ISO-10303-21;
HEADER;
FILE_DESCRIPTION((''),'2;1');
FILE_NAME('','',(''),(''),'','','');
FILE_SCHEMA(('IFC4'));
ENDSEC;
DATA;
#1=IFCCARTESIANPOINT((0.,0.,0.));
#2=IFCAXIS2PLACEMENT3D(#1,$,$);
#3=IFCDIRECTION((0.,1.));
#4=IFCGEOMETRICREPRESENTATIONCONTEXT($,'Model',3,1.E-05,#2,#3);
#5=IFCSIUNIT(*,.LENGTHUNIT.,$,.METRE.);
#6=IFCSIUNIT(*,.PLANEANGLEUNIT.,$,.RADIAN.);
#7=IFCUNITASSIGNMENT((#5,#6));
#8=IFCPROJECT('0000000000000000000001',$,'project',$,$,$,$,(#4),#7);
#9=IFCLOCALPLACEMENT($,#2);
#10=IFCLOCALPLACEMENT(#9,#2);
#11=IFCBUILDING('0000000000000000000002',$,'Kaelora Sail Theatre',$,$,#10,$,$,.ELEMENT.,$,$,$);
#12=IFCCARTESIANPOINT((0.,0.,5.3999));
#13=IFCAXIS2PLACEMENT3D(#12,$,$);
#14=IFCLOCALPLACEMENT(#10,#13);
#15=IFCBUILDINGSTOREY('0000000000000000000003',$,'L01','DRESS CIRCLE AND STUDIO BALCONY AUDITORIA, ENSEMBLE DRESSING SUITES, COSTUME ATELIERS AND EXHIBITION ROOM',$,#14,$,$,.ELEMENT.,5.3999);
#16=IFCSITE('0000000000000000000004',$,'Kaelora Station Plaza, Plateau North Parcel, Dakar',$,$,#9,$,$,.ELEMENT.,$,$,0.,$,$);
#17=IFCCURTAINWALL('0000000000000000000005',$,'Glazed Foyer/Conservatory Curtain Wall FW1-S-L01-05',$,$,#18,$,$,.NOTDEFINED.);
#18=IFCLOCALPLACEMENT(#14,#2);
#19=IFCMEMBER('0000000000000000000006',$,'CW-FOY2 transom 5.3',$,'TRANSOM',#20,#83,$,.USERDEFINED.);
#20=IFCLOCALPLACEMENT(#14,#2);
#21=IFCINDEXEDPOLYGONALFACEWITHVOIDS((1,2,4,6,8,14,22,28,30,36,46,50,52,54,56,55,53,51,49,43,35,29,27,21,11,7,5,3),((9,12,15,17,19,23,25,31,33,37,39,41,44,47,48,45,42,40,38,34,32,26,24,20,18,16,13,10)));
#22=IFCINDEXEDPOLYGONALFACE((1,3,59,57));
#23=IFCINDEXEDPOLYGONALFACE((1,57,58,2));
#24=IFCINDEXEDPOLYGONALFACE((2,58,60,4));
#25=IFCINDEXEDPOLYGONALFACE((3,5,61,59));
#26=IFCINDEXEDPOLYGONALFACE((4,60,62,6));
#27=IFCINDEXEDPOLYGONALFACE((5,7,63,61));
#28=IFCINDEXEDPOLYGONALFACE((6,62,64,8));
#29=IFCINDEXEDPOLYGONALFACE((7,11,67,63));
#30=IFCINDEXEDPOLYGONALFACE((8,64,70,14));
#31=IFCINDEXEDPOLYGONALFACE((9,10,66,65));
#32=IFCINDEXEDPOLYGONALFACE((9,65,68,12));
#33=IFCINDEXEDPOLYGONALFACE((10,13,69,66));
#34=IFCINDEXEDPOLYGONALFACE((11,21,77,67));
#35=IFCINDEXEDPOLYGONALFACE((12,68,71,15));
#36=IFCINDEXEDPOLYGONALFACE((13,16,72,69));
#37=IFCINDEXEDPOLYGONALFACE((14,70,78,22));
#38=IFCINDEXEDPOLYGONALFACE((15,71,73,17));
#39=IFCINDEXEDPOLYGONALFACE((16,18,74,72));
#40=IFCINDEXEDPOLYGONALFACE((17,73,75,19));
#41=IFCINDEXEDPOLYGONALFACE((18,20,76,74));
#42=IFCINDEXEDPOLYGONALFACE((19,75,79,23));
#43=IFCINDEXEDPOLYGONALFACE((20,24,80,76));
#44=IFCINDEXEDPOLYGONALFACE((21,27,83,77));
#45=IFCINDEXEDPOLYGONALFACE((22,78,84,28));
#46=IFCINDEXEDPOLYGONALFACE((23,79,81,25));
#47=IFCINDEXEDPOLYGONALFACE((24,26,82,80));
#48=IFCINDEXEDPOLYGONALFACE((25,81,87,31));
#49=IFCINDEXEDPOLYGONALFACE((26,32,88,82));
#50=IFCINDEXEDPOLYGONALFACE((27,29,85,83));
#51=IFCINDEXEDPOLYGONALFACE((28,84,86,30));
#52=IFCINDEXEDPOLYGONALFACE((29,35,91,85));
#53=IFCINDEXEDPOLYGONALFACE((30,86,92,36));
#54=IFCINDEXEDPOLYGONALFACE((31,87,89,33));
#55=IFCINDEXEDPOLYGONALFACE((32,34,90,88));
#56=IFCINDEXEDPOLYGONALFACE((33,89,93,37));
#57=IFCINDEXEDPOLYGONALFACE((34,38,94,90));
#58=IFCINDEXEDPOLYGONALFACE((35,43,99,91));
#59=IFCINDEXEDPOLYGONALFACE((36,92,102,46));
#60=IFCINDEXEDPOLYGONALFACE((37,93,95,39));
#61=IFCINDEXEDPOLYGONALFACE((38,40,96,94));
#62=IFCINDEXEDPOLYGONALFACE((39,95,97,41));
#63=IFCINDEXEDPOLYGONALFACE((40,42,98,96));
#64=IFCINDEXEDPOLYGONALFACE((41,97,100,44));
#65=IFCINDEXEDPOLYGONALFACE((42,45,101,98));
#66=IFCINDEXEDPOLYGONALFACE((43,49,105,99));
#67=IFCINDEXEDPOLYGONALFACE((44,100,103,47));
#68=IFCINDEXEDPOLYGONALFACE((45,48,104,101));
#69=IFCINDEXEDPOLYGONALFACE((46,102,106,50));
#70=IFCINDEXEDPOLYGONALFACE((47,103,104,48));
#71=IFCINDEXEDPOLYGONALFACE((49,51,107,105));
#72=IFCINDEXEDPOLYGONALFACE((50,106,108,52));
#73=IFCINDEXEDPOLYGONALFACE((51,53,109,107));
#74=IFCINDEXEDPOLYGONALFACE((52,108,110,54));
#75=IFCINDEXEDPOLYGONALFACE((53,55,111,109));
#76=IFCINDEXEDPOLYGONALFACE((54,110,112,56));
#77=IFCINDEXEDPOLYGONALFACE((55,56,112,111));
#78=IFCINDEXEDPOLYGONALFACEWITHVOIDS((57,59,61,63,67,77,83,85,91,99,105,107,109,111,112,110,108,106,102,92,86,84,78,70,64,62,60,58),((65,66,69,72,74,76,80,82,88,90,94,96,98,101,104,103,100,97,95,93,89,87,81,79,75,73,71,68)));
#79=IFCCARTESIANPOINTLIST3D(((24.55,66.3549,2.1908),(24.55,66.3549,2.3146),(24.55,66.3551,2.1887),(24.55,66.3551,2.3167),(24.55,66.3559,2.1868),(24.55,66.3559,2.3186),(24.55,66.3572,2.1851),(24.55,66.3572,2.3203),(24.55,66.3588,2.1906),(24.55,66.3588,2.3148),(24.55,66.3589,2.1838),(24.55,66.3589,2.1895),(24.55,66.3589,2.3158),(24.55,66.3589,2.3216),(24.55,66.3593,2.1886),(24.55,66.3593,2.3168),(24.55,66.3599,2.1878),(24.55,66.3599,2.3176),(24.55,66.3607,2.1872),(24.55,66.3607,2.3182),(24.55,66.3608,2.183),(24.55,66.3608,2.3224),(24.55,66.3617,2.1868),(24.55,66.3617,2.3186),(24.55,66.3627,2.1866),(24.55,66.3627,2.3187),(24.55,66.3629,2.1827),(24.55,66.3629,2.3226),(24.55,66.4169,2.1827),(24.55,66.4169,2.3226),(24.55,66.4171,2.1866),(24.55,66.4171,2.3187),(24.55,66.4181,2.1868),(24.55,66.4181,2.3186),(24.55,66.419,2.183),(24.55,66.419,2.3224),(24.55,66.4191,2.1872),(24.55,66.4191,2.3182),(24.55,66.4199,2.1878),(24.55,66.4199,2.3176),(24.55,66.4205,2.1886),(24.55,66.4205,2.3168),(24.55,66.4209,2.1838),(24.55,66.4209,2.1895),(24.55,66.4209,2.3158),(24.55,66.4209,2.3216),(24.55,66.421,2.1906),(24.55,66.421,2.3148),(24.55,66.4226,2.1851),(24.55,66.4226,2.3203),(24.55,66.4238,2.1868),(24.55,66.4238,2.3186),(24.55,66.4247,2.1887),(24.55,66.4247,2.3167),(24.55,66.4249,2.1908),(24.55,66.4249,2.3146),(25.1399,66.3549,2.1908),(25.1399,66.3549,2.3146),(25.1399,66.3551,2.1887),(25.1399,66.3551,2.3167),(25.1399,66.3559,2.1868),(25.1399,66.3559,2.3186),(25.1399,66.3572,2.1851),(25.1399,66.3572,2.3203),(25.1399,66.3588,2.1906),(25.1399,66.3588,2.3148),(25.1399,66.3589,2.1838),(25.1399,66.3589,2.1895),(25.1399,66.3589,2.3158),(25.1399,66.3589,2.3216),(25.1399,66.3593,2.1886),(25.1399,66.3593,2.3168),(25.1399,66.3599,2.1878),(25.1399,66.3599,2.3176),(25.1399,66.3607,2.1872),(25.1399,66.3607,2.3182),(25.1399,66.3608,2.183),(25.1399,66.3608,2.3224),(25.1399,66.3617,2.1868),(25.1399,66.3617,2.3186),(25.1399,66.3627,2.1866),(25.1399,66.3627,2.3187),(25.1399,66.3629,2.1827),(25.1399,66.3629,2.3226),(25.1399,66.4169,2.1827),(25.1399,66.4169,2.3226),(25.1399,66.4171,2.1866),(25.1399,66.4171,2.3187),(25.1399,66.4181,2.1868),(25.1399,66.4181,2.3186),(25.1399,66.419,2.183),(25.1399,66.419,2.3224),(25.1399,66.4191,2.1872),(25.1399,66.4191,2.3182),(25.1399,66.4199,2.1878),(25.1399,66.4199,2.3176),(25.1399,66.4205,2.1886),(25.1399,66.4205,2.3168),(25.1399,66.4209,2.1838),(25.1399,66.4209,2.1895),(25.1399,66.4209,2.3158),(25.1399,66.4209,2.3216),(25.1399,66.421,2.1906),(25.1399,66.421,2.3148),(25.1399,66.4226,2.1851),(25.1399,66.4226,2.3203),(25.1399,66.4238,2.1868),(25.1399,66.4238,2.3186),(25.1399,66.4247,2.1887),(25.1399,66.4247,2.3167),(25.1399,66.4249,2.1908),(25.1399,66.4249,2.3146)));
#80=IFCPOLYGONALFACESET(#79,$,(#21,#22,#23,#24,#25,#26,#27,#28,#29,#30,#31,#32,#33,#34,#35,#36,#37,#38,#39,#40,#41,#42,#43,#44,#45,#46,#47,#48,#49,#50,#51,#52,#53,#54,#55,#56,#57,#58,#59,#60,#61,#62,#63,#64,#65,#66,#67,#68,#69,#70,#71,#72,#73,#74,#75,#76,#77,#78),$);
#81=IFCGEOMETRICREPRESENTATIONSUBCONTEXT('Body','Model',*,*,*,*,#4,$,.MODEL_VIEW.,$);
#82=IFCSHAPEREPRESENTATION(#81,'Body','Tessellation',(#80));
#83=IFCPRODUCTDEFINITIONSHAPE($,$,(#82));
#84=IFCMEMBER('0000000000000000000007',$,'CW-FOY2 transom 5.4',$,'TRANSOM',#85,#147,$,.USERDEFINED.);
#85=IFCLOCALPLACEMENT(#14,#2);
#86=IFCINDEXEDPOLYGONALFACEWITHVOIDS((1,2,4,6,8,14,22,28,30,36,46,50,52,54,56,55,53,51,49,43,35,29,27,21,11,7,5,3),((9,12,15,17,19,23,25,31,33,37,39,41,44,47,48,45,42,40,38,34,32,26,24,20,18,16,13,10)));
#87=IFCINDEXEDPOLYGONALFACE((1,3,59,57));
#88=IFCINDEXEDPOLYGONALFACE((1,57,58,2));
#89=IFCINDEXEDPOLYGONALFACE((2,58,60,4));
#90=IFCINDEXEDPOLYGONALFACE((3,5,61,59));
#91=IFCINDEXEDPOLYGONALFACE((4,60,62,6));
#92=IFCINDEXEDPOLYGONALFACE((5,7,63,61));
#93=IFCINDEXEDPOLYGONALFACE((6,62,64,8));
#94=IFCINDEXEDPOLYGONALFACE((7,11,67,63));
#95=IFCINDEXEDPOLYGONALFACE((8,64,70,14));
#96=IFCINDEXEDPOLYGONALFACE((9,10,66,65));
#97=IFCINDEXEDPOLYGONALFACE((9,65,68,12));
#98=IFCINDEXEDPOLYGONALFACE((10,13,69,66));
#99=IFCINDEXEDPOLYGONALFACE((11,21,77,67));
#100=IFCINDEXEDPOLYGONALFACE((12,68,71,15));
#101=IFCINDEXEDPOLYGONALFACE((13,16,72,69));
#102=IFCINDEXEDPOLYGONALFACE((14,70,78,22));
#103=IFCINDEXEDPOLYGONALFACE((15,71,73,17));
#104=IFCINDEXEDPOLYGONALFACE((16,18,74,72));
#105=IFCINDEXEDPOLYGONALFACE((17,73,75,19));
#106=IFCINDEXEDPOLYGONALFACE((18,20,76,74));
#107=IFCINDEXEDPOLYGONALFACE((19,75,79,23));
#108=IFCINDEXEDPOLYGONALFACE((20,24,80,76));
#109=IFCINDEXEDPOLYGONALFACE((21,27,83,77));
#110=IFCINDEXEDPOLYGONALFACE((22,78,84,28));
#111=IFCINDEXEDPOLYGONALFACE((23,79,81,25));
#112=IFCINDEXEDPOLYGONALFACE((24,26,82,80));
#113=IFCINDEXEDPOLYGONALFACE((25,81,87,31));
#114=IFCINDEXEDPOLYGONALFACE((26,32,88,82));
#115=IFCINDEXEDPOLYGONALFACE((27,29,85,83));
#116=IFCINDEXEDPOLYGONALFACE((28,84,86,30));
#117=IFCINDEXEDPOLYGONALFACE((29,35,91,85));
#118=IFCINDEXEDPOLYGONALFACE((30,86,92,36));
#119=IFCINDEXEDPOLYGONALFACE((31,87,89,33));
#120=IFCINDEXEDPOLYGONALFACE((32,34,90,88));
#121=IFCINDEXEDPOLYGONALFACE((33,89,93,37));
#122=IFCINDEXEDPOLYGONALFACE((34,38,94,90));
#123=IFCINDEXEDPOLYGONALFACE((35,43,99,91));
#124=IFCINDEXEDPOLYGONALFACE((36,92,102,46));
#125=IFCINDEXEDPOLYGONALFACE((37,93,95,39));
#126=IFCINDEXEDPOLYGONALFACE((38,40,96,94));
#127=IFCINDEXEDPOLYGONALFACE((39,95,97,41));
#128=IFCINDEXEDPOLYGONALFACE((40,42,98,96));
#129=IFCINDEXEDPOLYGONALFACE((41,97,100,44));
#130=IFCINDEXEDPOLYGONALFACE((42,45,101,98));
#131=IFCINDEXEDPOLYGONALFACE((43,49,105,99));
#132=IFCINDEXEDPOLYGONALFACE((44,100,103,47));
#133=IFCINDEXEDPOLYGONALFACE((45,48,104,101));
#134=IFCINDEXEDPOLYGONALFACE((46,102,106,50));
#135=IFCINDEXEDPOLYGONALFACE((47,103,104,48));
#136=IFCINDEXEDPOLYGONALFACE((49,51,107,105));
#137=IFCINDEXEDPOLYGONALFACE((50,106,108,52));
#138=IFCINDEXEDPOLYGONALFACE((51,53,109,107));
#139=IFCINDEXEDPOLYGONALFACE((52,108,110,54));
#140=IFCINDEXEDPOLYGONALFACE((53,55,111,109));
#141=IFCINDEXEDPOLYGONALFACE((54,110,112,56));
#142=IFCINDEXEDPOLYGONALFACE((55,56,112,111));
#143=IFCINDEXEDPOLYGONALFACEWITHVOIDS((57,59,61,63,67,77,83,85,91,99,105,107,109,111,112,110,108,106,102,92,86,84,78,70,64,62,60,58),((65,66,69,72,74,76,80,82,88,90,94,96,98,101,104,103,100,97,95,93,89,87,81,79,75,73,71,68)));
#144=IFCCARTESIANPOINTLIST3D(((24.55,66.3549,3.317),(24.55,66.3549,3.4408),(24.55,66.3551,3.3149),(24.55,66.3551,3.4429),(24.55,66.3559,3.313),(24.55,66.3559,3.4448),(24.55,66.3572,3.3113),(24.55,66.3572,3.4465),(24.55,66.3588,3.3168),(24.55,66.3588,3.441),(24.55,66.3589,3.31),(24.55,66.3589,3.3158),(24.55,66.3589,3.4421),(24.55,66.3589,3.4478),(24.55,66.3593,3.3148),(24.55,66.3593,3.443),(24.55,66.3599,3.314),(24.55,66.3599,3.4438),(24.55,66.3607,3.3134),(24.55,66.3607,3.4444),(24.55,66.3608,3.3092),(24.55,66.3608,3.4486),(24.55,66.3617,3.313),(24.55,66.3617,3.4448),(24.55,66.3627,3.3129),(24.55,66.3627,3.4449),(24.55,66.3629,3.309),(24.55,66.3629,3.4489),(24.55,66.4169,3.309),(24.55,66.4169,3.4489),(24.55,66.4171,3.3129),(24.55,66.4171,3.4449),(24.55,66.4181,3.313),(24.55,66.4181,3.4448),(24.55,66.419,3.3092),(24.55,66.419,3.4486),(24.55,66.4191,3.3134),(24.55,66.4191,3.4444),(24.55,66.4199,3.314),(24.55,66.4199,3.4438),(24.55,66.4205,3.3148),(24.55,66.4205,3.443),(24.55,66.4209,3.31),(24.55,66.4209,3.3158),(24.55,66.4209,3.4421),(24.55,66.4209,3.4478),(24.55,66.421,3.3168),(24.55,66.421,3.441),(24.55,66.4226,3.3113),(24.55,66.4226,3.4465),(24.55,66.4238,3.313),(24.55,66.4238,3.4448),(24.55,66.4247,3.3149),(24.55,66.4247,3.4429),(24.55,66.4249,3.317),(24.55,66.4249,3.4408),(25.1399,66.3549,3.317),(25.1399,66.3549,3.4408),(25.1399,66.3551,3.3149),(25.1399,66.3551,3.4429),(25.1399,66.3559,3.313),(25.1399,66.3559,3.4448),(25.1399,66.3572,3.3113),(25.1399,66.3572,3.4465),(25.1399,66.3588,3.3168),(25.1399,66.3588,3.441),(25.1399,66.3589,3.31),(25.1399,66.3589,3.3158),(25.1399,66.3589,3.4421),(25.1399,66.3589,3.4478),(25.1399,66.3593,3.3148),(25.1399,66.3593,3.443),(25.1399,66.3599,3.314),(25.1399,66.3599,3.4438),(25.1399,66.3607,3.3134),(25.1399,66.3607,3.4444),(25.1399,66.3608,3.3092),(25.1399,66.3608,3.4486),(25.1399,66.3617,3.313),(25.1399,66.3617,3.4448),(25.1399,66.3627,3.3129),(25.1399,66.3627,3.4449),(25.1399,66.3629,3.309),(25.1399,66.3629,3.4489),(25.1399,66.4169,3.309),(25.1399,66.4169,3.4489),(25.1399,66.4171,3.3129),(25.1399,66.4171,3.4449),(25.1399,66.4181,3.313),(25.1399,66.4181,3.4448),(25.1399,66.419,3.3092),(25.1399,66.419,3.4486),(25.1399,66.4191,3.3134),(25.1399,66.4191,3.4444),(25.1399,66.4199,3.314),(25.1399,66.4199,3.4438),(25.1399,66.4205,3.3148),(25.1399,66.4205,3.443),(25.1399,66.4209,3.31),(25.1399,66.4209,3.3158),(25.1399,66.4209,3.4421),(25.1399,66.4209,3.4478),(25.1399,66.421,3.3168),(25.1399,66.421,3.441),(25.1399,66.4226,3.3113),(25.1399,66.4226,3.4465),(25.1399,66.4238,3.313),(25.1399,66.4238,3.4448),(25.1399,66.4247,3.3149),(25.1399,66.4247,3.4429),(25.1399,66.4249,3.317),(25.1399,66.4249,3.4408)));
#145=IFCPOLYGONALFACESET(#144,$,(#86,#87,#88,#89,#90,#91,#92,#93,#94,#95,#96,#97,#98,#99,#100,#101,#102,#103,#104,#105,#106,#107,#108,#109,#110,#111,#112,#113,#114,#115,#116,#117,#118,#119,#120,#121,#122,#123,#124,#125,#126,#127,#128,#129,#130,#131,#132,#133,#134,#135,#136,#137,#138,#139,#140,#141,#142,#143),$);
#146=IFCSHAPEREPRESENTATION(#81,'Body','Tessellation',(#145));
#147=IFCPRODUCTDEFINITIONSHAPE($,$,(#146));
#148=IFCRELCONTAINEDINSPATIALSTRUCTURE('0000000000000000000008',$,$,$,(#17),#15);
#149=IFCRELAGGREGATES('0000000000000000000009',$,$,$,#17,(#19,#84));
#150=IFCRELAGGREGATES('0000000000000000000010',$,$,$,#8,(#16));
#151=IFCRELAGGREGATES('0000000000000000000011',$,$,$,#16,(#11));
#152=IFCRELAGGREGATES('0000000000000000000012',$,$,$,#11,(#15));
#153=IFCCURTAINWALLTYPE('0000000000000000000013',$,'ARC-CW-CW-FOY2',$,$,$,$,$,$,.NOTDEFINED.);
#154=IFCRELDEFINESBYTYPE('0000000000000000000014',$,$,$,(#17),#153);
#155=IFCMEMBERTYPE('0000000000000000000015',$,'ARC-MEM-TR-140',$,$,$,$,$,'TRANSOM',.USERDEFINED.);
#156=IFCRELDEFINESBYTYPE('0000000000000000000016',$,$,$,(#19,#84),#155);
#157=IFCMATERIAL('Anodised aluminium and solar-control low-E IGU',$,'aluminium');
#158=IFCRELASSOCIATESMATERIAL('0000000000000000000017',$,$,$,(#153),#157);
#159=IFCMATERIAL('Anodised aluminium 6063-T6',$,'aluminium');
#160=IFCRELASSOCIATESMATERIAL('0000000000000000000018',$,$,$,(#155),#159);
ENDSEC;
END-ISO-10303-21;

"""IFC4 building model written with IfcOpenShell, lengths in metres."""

from ifc_helpers import new_model, si_unit, direction, frame, origin, origin_2d, place, context, subcontext, project, spatial, hollow_rectangle, extrude, material, material_profile, profile_set, type_object, element, aggregate, save


model = new_model("IFC4")

# Units and contexts
model_context = context("Model", 3, precision=1e-05, world=origin(), true_north=direction((0.0, 1.0)))
body_context = subcontext(model_context, "Body", "Model", "MODEL_VIEW")
ifc_project = project(units=[si_unit("LENGTHUNIT", "METRE"), si_unit("PLANEANGLEUNIT", "RADIAN")], contexts=[model_context])

# Site, building, storey
site_placement = place(None, origin())
site = spatial("IfcSite", under=ifc_project, at=site_placement, Name="Kaelora Station Plaza, Plateau North Parcel, Dakar", CompositionType="ELEMENT", RefElevation=0.0)
building_placement = place(site_placement, origin())
building = spatial("IfcBuilding", under=site, at=building_placement, Name="Kaelora Sail Theatre", CompositionType="ELEMENT")
storey_placement = place(building_placement, frame((0.0, 0.0, 5.3999)))
storey = spatial("IfcBuildingStorey", under=building, at=storey_placement, Name="L01", Description="DRESS CIRCLE AND STUDIO BALCONY AUDITORIA, ENSEMBLE DRESSING SUITES, COSTUME ATELIERS AND EXHIBITION ROOM", CompositionType="ELEMENT", Elevation=5.3999)

# Curtain wall, members
ifc_material_1 = material(Name="Anodised aluminium and solar-control low-E IGU", Category="aluminium")
curtain_wall_type = type_object("IfcCurtainWallType", Name="ARC-CW-CW-FOY2", PredefinedType="NOTDEFINED", material=ifc_material_1)
curtain_wall_placement = place(storey_placement, origin())
curtain_wall = element("IfcCurtainWall", 1, at=curtain_wall_placement, inside=storey, type_object=curtain_wall_type, Name="Glazed Foyer/Conservatory Curtain Wall FW1-S-L01-05", PredefinedType="NOTDEFINED")
ifc_material_2 = material(Name="Anodised aluminium 6063-T6", Category="aluminium")
ifc_material_profile_1 = material_profile(ifc_material_2, hollow_rectangle(XDim=0.0701, YDim=0.1399, WallThickness=0.0039, InnerFilletRadius=0.0039, OuterFilletRadius=0.0081, at=origin_2d()), Name="ALU-TRAN 70x140x4")
ifc_profile_set_1 = profile_set([ifc_material_profile_1], Name="Anodised aluminium 6063-T6")
member_type_1 = type_object("IfcMemberType", Name="ARC-MEM-TR-140", ElementType="TRANSOM", PredefinedType="USERDEFINED", material=ifc_profile_set_1)
member_1_placement = place(storey_placement, frame((24.55, 66.3899, 2.2527), z_axis=(1.0, 0.0, 0.0), x_axis=(0.0, 1.0, 0.0)))
member_1 = element("IfcMember", 2, at=member_1_placement, type_object=member_type_1, Name="CW-FOY2 transom 5.3", ObjectType="TRANSOM", PredefinedType="USERDEFINED", context=body_context, shape_type="SweptSolid", body=[
    extrude(hollow_rectangle(XDim=0.0701, YDim=0.1399, WallThickness=0.0039, InnerFilletRadius=0.0039, OuterFilletRadius=0.0081, at=origin_2d()), origin(), (0.0, 0.0, 1.0), 0.5898),
])
member_2_placement = place(storey_placement, frame((24.55, 66.3899, 3.3789), z_axis=(1.0, 0.0, 0.0), x_axis=(0.0, 1.0, 0.0)))
member_2 = element("IfcMember", 3, at=member_2_placement, type_object=member_type_1, Name="CW-FOY2 transom 5.4", ObjectType="TRANSOM", PredefinedType="USERDEFINED", context=body_context, shape_type="SweptSolid", body=[
    extrude(hollow_rectangle(XDim=0.0701, YDim=0.1399, WallThickness=0.0039, InnerFilletRadius=0.0039, OuterFilletRadius=0.0081, at=origin_2d()), origin(), (0.0, 0.0, 1.0), 0.5898),
])

aggregate(curtain_wall, [member_1, member_2])

save(model, "model.ifc")
